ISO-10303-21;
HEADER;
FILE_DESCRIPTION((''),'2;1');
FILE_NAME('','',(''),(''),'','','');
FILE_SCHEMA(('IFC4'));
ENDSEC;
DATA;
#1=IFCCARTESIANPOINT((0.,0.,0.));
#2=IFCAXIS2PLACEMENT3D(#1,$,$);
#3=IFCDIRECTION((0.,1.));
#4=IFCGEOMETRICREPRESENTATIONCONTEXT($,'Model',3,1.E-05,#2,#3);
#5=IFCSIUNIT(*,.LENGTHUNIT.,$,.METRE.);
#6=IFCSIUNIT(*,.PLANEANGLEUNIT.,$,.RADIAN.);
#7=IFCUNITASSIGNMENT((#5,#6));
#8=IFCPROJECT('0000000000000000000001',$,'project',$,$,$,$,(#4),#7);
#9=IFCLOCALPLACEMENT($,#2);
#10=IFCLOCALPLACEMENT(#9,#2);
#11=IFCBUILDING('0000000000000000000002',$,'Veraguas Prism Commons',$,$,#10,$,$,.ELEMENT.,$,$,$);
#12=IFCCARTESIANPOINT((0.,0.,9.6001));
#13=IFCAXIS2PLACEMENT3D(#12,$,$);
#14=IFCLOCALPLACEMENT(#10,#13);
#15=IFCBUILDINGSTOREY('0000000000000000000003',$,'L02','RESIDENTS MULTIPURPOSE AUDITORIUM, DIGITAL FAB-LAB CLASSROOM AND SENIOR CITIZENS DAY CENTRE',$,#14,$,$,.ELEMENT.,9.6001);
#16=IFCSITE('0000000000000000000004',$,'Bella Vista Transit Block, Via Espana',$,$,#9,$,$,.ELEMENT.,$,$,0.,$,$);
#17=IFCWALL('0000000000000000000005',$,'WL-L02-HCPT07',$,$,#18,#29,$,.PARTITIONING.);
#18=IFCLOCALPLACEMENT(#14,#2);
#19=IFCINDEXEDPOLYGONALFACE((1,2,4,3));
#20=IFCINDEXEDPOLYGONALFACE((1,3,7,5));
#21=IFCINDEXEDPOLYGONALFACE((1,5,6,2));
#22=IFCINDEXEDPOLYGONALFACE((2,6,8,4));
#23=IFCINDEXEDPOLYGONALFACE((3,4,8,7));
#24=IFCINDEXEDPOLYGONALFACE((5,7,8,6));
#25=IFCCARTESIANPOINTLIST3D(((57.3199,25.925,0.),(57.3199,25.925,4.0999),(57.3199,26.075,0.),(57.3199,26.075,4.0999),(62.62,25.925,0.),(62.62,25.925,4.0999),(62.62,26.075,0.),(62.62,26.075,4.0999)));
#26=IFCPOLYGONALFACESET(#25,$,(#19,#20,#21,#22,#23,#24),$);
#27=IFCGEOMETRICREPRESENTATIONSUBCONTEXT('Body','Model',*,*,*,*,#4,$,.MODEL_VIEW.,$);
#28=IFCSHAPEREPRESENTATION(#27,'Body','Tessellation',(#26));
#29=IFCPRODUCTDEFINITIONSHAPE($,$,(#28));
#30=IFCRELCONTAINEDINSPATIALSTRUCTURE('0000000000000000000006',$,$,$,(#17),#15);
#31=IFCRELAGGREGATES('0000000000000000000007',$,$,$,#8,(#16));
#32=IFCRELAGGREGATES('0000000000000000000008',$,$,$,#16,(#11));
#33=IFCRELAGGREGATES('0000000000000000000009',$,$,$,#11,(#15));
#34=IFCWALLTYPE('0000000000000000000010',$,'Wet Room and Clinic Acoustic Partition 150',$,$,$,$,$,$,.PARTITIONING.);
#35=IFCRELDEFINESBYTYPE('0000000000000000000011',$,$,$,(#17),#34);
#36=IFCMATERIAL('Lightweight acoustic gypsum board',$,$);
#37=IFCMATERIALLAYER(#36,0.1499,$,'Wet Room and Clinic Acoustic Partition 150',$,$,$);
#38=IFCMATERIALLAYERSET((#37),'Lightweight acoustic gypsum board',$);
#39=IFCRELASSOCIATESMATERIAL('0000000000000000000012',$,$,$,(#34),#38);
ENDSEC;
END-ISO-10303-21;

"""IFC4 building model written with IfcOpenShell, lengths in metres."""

from ifc_helpers import new_model, si_unit, direction, frame, frame_2d, origin, place, context, subcontext, project, spatial, rectangle, extrude, material, layer, layer_set, type_object, element, save


model = new_model("IFC4")

# Units and contexts
model_context = context("Model", 3, precision=1e-05, world=origin(), true_north=direction((0.0, 1.0)))
body_context = subcontext(model_context, "Body", "Model", "MODEL_VIEW")
ifc_project = project(units=[si_unit("LENGTHUNIT", "METRE"), si_unit("PLANEANGLEUNIT", "RADIAN")], contexts=[model_context])

# Site, building, storey
site_placement = place(None, origin())
site = spatial("IfcSite", under=ifc_project, at=site_placement, Name="Bella Vista Transit Block, Via Espana", CompositionType="ELEMENT", RefElevation=0.0)
building_placement = place(site_placement, origin())
building = spatial("IfcBuilding", under=site, at=building_placement, Name="Veraguas Prism Commons", CompositionType="ELEMENT")
storey_placement = place(building_placement, frame((0.0, 0.0, 9.6001)))
storey = spatial("IfcBuildingStorey", under=building, at=storey_placement, Name="L02", Description="RESIDENTS MULTIPURPOSE AUDITORIUM, DIGITAL FAB-LAB CLASSROOM AND SENIOR CITIZENS DAY CENTRE", CompositionType="ELEMENT", Elevation=9.6001)

# Wall
ifc_material_1 = material(Name="Lightweight acoustic gypsum board")
ifc_layer_1 = layer(ifc_material_1, 0.1499, Name="Wet Room and Clinic Acoustic Partition 150")
ifc_layer_set_1 = layer_set([ifc_layer_1], Name="Lightweight acoustic gypsum board")
wall_type_1 = type_object("IfcWallType", Name="Wet Room and Clinic Acoustic Partition 150", PredefinedType="PARTITIONING", material=ifc_layer_set_1)
wall_1_placement = place(storey_placement, frame((57.3201, 26.0, 0.0), z_axis=(0.0, 0.0, 1.0), x_axis=(1.0, 0.0, 0.0)))
element("IfcWall", 1, at=wall_1_placement, inside=storey, type_object=wall_type_1, Name="WL-L02-HCPT07", PredefinedType="PARTITIONING", context=body_context, shape_type="SweptSolid", body=[
    extrude(rectangle(XDim=5.3, YDim=0.1499, at=frame_2d((2.6499, 0.0))), origin(), (0.0, 0.0, 1.0), 4.0999),
])

save(model, "model.ifc")
